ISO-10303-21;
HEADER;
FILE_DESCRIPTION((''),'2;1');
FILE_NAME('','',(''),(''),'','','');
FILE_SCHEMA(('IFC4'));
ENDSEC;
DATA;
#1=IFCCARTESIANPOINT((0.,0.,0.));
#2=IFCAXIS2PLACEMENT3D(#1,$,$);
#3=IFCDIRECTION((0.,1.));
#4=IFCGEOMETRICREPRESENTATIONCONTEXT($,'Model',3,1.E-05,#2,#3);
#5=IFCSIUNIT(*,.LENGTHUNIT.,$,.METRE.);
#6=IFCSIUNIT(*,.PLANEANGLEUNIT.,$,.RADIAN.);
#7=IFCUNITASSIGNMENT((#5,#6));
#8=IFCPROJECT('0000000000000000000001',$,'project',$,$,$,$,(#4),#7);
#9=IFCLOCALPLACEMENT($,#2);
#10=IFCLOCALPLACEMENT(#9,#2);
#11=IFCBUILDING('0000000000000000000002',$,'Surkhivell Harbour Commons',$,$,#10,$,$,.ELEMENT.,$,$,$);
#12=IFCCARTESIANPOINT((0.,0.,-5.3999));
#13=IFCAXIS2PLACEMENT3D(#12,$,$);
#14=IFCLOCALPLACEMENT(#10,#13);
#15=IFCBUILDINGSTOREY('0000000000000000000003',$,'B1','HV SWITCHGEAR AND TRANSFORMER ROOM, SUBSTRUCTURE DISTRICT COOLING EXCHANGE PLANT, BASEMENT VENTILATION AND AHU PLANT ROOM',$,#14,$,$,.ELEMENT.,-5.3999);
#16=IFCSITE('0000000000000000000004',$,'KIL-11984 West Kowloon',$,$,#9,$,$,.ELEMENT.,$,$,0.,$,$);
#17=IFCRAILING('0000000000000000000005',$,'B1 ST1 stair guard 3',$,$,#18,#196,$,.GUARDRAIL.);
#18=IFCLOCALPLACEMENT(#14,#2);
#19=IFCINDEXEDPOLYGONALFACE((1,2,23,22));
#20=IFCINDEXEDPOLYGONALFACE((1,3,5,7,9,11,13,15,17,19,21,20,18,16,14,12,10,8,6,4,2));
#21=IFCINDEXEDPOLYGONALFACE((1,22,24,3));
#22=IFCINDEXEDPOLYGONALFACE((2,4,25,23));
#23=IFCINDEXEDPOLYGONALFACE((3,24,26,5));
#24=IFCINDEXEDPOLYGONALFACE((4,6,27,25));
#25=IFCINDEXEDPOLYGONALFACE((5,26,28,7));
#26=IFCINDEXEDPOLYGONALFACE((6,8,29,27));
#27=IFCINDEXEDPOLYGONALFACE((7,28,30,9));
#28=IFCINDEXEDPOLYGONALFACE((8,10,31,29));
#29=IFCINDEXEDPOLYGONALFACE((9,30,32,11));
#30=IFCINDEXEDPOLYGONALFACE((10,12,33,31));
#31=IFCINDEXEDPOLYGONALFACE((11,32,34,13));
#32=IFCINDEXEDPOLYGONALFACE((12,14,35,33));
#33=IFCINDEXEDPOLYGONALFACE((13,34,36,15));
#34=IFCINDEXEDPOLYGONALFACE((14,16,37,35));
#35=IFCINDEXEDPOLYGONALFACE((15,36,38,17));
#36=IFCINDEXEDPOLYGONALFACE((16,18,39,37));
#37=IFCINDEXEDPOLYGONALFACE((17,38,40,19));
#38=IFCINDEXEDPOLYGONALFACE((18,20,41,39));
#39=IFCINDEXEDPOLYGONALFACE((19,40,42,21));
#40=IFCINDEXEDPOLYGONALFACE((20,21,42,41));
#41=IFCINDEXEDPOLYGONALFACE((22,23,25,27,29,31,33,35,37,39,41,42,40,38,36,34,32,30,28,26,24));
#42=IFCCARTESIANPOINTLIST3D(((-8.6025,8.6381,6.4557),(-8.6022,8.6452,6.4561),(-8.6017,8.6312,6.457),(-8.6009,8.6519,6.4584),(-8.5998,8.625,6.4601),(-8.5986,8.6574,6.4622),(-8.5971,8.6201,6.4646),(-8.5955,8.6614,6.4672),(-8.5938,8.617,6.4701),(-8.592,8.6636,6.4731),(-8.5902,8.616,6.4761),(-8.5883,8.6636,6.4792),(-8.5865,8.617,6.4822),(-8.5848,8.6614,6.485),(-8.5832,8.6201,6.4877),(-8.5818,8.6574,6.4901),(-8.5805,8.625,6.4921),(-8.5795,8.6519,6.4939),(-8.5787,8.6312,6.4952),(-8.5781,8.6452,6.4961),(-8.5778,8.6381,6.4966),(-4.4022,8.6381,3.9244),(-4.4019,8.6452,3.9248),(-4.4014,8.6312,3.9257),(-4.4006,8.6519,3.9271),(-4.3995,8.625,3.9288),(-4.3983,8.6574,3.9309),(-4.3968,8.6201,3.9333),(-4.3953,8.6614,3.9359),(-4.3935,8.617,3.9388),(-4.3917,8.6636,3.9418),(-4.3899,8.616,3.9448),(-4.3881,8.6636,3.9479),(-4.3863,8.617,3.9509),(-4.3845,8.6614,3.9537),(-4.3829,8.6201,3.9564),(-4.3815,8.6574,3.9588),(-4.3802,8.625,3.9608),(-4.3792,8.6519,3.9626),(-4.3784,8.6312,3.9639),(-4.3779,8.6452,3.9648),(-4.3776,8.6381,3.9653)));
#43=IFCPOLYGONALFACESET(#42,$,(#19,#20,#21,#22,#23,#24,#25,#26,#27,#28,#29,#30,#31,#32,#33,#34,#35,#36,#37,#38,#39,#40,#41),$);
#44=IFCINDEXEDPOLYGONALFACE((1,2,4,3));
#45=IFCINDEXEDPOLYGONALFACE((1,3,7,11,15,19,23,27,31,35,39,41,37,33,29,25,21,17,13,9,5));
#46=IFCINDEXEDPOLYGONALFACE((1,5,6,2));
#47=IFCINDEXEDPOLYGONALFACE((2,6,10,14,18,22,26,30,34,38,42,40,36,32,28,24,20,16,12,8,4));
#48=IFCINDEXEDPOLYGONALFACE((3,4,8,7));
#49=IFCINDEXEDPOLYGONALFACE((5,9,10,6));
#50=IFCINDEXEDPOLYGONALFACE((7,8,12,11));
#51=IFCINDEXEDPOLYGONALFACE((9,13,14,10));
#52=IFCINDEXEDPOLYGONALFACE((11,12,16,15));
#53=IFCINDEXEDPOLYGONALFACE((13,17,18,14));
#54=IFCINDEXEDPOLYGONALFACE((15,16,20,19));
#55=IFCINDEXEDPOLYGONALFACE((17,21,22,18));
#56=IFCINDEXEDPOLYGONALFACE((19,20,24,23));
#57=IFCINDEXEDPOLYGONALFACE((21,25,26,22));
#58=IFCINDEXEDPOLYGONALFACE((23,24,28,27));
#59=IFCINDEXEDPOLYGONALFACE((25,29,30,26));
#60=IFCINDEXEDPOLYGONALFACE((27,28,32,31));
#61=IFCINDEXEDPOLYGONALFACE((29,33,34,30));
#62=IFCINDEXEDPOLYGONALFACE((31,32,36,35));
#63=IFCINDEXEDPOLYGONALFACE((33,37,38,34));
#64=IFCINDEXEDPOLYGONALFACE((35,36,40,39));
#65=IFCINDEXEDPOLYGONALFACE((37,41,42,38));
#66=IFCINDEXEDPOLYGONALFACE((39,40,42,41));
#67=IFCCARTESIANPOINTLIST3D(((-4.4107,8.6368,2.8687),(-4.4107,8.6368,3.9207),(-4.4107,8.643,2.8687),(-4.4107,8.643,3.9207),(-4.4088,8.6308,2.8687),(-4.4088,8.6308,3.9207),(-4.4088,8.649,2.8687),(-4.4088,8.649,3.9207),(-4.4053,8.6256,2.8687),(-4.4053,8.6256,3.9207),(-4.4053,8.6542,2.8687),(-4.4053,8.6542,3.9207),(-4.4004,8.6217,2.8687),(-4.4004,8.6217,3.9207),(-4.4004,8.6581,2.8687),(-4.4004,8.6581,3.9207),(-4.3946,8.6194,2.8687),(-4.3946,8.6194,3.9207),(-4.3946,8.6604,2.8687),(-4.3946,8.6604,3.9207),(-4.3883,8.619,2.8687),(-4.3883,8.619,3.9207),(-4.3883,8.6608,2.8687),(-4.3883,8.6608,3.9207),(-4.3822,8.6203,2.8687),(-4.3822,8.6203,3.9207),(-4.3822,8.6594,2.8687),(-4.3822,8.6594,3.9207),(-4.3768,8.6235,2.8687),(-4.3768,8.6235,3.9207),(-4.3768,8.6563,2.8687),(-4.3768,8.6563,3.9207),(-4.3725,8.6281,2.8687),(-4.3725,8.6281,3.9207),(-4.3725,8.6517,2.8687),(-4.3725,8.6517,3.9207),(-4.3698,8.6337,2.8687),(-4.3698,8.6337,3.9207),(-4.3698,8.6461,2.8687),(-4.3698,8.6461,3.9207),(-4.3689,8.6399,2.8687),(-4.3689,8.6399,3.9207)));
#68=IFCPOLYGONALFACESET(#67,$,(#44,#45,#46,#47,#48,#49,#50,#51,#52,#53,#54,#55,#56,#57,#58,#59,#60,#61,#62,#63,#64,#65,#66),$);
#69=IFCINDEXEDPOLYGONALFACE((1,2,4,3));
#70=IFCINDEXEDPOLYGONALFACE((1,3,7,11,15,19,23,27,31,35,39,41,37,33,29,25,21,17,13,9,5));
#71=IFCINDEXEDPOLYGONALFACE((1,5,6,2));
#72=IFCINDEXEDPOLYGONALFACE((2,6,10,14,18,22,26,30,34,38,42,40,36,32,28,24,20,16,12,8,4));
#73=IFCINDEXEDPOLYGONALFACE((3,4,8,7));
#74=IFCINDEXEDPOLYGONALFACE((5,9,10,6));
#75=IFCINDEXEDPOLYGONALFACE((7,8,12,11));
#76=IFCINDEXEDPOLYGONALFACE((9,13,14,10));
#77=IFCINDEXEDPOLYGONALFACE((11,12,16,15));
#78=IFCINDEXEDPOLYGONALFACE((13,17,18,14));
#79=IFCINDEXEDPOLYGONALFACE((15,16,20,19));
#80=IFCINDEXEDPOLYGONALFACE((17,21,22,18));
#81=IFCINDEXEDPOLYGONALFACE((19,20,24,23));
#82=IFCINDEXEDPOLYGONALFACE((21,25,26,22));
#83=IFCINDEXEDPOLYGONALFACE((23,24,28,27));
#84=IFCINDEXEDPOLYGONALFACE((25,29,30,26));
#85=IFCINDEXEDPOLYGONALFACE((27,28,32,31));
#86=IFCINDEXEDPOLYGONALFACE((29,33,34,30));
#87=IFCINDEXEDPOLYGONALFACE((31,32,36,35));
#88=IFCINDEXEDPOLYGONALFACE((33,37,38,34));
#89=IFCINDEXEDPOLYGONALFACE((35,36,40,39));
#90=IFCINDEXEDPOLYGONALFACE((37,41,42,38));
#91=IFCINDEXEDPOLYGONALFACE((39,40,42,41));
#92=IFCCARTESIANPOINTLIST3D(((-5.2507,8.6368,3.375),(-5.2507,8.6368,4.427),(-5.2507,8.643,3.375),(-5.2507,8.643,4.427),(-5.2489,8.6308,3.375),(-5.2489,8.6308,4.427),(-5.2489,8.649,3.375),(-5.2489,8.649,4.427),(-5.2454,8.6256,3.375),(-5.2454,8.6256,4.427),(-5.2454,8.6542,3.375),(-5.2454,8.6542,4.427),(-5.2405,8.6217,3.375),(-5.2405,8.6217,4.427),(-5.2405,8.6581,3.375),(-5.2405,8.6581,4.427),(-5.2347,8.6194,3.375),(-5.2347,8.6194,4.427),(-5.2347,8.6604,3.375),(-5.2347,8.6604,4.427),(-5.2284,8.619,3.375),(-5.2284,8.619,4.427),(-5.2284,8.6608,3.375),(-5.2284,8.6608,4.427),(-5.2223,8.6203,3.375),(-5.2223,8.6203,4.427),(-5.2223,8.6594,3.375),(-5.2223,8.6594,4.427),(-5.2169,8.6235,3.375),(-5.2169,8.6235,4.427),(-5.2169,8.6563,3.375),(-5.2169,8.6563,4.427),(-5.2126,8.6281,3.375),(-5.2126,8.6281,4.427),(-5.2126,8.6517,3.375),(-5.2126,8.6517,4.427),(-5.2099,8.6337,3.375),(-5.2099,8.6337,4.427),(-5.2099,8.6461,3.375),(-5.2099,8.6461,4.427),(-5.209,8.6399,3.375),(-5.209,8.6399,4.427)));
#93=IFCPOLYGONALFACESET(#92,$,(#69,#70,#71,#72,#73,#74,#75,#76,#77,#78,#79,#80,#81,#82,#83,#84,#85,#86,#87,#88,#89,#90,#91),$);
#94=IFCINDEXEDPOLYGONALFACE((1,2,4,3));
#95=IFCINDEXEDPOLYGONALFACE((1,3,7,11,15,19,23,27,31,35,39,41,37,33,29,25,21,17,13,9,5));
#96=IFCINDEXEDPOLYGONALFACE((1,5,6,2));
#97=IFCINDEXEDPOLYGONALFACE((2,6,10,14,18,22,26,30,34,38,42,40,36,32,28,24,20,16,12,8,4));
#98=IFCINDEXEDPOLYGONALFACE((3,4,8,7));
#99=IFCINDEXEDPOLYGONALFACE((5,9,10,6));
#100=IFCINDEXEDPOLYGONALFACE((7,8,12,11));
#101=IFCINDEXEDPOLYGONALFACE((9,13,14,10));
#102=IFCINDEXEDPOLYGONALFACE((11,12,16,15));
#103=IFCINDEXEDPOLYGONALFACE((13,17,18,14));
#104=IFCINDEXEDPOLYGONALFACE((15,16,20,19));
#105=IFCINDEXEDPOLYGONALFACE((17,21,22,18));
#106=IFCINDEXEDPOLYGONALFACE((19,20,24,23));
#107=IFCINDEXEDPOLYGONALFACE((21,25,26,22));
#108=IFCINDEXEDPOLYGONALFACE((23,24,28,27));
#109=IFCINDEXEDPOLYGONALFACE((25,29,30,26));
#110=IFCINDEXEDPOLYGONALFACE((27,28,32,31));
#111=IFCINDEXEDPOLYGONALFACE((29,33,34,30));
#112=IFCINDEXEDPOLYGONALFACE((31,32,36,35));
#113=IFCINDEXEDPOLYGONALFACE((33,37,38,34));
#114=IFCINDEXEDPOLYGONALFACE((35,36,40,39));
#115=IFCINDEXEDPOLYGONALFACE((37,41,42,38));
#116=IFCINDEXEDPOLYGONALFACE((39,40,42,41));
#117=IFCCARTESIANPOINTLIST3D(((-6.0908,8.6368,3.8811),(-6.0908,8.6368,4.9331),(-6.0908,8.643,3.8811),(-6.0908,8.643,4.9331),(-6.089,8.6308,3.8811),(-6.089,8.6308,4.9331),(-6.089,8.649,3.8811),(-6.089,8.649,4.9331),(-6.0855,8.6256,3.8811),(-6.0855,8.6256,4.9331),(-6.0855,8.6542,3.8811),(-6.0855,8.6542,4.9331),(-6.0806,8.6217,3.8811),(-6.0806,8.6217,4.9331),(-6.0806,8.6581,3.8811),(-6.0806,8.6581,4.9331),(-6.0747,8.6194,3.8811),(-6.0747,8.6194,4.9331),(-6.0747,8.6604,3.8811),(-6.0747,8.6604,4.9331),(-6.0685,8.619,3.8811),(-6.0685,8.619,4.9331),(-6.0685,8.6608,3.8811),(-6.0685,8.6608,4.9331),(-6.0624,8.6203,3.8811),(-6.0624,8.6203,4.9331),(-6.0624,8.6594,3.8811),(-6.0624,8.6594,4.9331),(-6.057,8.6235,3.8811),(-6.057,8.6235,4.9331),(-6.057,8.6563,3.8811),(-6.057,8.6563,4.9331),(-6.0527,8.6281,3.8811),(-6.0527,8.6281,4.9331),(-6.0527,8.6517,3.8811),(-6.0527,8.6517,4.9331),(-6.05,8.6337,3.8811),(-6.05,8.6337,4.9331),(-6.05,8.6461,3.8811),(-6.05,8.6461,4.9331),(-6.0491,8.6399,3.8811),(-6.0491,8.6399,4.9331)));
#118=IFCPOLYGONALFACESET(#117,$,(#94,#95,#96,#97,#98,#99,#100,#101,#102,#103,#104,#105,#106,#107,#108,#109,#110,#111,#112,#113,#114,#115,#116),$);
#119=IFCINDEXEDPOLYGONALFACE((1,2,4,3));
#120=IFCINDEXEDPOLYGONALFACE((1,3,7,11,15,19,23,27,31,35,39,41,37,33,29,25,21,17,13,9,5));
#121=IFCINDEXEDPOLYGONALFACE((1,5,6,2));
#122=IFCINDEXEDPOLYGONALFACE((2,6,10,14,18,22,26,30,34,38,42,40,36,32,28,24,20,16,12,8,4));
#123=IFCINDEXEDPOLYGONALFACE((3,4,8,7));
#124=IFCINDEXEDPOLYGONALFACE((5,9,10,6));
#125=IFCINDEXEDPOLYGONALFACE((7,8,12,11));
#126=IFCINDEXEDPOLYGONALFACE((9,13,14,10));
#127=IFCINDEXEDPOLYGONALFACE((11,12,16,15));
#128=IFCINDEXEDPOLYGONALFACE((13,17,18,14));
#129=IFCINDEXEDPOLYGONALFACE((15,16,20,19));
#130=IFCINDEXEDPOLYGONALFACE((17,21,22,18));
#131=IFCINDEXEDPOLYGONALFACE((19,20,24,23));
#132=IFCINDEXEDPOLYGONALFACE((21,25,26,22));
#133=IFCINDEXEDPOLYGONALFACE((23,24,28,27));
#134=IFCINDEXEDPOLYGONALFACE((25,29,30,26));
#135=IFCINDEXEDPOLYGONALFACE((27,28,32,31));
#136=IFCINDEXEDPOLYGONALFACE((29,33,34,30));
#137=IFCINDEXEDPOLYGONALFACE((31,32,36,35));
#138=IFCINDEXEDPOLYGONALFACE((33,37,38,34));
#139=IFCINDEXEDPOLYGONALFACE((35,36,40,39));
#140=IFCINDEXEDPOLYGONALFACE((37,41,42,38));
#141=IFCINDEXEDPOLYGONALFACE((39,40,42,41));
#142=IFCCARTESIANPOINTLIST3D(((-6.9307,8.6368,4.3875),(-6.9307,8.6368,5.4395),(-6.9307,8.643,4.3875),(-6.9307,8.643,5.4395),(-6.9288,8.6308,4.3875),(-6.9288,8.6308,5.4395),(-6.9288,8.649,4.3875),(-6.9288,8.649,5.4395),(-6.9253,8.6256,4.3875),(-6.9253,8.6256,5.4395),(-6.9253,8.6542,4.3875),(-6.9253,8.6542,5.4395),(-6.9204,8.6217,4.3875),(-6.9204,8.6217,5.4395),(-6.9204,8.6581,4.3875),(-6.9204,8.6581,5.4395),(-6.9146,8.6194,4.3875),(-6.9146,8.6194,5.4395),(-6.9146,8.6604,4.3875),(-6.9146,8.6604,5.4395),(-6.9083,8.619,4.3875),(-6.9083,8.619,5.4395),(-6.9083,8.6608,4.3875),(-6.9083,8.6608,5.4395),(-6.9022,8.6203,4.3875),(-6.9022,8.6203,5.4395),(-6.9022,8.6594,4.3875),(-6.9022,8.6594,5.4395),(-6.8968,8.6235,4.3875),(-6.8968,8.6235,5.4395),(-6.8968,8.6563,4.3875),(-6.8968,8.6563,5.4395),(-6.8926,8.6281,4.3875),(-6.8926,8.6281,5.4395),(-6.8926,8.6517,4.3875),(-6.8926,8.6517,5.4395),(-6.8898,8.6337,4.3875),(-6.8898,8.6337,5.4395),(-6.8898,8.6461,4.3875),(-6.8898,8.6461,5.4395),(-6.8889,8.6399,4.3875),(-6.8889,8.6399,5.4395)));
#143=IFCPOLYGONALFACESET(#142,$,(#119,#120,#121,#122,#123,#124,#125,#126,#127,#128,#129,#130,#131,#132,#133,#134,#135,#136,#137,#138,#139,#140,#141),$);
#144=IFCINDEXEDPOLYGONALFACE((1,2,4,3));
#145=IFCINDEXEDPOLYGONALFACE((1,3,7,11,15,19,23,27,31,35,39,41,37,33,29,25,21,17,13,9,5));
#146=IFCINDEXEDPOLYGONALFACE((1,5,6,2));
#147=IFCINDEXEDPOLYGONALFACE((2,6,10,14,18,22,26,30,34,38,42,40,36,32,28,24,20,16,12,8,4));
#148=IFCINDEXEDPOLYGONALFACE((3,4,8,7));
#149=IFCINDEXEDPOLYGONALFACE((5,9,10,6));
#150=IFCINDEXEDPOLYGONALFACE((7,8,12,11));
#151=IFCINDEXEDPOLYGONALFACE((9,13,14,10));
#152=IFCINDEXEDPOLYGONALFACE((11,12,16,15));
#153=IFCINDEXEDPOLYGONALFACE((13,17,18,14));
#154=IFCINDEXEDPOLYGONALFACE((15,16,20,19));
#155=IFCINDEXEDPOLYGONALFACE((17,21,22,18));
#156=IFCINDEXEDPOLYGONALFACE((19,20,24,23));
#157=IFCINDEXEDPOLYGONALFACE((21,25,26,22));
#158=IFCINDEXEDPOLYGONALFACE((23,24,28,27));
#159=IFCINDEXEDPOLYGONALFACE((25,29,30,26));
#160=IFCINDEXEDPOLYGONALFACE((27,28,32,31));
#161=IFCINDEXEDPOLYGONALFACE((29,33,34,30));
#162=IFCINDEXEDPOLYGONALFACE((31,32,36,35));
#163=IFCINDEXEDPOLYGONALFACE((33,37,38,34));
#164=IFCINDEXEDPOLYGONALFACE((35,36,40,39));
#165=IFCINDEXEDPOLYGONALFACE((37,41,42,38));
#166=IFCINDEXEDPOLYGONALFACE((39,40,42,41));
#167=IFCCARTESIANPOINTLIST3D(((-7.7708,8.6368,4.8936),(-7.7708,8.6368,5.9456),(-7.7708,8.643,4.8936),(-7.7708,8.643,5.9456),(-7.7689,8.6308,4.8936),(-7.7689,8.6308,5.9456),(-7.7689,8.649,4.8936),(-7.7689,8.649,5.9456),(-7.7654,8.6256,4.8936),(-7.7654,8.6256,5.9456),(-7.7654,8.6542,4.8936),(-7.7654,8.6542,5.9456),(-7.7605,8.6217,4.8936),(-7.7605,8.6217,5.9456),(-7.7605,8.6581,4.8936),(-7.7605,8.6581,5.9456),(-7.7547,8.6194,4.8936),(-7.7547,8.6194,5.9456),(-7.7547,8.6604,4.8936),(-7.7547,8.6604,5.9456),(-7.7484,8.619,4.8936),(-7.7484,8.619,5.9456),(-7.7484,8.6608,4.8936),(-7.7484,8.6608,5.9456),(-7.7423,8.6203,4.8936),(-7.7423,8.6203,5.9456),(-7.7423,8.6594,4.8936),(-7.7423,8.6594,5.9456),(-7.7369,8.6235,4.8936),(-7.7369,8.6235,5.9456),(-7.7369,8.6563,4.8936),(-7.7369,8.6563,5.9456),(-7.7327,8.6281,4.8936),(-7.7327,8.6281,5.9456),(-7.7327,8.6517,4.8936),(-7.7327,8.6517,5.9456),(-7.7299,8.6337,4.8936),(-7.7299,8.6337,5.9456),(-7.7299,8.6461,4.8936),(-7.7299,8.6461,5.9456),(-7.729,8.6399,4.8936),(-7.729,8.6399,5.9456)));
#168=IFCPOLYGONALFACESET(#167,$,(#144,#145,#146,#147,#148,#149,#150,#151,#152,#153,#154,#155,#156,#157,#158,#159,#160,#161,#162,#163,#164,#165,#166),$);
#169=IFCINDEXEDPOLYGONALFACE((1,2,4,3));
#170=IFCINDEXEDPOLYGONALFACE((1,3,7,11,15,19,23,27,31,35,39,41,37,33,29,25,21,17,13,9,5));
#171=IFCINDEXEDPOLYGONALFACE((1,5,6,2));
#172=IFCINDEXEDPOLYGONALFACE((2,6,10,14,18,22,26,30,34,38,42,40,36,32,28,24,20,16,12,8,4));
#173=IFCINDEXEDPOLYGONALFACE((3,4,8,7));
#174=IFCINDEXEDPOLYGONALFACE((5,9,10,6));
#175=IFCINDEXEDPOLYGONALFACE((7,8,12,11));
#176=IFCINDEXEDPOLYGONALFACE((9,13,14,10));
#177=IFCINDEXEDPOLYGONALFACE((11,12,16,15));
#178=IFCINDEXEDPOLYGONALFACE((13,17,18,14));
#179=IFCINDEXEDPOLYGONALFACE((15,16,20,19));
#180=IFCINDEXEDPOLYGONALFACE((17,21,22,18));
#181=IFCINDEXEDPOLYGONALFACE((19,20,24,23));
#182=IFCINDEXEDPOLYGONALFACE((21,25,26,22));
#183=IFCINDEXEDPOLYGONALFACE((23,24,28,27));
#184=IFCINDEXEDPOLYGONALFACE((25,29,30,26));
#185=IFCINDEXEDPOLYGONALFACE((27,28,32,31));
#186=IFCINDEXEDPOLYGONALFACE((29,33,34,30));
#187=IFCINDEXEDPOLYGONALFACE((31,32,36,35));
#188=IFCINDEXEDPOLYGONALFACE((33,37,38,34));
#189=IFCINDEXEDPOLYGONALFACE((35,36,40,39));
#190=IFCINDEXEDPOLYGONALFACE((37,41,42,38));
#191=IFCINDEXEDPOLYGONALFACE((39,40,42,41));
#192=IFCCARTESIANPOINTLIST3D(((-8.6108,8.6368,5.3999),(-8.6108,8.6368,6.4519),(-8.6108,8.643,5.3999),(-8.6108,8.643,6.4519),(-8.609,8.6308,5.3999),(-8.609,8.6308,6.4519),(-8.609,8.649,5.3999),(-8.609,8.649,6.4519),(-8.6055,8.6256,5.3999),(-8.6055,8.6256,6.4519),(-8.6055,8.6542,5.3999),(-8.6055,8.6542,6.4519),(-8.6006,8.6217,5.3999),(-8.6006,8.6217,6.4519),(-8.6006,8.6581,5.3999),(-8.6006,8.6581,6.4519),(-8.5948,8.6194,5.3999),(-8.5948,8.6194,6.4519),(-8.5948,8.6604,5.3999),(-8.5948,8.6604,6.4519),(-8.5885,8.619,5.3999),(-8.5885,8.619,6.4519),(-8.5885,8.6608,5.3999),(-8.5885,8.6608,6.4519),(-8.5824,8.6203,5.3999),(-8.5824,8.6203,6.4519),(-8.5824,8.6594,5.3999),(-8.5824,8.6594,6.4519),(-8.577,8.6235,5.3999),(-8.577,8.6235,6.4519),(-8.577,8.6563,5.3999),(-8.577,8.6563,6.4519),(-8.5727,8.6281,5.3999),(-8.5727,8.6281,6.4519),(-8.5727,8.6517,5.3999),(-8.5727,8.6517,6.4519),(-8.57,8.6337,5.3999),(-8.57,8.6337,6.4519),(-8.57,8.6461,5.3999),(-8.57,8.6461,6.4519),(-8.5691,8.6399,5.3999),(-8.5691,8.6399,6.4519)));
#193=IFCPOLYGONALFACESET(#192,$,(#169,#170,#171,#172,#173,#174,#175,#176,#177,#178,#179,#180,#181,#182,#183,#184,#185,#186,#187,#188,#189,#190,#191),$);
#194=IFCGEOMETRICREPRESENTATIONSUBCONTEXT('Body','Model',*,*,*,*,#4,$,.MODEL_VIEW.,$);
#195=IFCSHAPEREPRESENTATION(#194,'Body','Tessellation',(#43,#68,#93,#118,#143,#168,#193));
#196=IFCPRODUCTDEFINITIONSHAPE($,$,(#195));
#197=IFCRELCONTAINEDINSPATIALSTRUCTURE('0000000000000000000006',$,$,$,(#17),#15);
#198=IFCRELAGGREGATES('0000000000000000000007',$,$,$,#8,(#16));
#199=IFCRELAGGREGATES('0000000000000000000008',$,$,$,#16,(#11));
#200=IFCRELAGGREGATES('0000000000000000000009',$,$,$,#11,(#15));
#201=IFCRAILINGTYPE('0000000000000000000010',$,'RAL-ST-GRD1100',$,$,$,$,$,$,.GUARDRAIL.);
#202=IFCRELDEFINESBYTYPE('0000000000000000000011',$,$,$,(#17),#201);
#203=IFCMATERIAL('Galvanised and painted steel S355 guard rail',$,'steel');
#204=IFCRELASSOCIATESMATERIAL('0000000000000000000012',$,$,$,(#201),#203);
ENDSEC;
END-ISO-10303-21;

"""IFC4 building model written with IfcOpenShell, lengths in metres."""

from ifc_helpers import new_model, si_unit, direction, frame, origin, origin_2d, place, context, subcontext, project, spatial, circle, extrude, material, type_object, element, save


model = new_model("IFC4")

# Units and contexts
model_context = context("Model", 3, precision=1e-05, world=origin(), true_north=direction((0.0, 1.0)))
body_context = subcontext(model_context, "Body", "Model", "MODEL_VIEW")
ifc_project = project(units=[si_unit("LENGTHUNIT", "METRE"), si_unit("PLANEANGLEUNIT", "RADIAN")], contexts=[model_context])

# Site, building, storey
site_placement = place(None, origin())
site = spatial("IfcSite", under=ifc_project, at=site_placement, Name="KIL-11984 West Kowloon", CompositionType="ELEMENT", RefElevation=0.0)
building_placement = place(site_placement, origin())
building = spatial("IfcBuilding", under=site, at=building_placement, Name="Surkhivell Harbour Commons", CompositionType="ELEMENT")
storey_placement = place(building_placement, frame((0.0, 0.0, -5.3999)))
storey = spatial("IfcBuildingStorey", under=building, at=storey_placement, Name="B1", Description="HV SWITCHGEAR AND TRANSFORMER ROOM, SUBSTRUCTURE DISTRICT COOLING EXCHANGE PLANT, BASEMENT VENTILATION AND AHU PLANT ROOM", CompositionType="ELEMENT", Elevation=-5.3999)

# Railing
ifc_material_1 = material(Name="Galvanised and painted steel S355 guard rail", Category="steel")
railing_type_1 = type_object("IfcRailingType", Name="RAL-ST-GRD1100", PredefinedType="GUARDRAIL", material=ifc_material_1)
railing_1_placement = place(storey_placement, frame((-4.3899, 8.6399, 2.8687)))
element("IfcRailing", 1, at=railing_1_placement, inside=storey, type_object=railing_type_1, Name="B1 ST1 stair guard 3", PredefinedType="GUARDRAIL", context=body_context, shape_type="SweptSolid", body=[
    extrude(circle(Radius=0.0239, at=origin_2d()), frame((0.0, 0.0, 1.0762), z_axis=(-0.85649, 0.0, 0.516164), x_axis=(0.0, -1.0, 0.0)), (0.0, 0.0, 1.0), 4.9041),
    extrude(circle(Radius=0.021, at=origin_2d()), origin(), (0.0, 0.0, 1.0), 1.052),
    extrude(circle(Radius=0.021, at=origin_2d()), frame((-0.8401, 0.0, 0.5063)), (0.0, 0.0, 1.0), 1.052),
    extrude(circle(Radius=0.021, at=origin_2d()), frame((-1.6802, 0.0, 1.0125)), (0.0, 0.0, 1.0), 1.052),
    extrude(circle(Radius=0.021, at=origin_2d()), frame((-2.52, 0.0, 1.5188)), (0.0, 0.0, 1.0), 1.052),
    extrude(circle(Radius=0.021, at=origin_2d()), frame((-3.3601, 0.0, 2.0249)), (0.0, 0.0, 1.0), 1.052),
    extrude(circle(Radius=0.021, at=origin_2d()), frame((-4.2002, 0.0, 2.5312)), (0.0, 0.0, 1.0), 1.052),
])

save(model, "model.ifc")
